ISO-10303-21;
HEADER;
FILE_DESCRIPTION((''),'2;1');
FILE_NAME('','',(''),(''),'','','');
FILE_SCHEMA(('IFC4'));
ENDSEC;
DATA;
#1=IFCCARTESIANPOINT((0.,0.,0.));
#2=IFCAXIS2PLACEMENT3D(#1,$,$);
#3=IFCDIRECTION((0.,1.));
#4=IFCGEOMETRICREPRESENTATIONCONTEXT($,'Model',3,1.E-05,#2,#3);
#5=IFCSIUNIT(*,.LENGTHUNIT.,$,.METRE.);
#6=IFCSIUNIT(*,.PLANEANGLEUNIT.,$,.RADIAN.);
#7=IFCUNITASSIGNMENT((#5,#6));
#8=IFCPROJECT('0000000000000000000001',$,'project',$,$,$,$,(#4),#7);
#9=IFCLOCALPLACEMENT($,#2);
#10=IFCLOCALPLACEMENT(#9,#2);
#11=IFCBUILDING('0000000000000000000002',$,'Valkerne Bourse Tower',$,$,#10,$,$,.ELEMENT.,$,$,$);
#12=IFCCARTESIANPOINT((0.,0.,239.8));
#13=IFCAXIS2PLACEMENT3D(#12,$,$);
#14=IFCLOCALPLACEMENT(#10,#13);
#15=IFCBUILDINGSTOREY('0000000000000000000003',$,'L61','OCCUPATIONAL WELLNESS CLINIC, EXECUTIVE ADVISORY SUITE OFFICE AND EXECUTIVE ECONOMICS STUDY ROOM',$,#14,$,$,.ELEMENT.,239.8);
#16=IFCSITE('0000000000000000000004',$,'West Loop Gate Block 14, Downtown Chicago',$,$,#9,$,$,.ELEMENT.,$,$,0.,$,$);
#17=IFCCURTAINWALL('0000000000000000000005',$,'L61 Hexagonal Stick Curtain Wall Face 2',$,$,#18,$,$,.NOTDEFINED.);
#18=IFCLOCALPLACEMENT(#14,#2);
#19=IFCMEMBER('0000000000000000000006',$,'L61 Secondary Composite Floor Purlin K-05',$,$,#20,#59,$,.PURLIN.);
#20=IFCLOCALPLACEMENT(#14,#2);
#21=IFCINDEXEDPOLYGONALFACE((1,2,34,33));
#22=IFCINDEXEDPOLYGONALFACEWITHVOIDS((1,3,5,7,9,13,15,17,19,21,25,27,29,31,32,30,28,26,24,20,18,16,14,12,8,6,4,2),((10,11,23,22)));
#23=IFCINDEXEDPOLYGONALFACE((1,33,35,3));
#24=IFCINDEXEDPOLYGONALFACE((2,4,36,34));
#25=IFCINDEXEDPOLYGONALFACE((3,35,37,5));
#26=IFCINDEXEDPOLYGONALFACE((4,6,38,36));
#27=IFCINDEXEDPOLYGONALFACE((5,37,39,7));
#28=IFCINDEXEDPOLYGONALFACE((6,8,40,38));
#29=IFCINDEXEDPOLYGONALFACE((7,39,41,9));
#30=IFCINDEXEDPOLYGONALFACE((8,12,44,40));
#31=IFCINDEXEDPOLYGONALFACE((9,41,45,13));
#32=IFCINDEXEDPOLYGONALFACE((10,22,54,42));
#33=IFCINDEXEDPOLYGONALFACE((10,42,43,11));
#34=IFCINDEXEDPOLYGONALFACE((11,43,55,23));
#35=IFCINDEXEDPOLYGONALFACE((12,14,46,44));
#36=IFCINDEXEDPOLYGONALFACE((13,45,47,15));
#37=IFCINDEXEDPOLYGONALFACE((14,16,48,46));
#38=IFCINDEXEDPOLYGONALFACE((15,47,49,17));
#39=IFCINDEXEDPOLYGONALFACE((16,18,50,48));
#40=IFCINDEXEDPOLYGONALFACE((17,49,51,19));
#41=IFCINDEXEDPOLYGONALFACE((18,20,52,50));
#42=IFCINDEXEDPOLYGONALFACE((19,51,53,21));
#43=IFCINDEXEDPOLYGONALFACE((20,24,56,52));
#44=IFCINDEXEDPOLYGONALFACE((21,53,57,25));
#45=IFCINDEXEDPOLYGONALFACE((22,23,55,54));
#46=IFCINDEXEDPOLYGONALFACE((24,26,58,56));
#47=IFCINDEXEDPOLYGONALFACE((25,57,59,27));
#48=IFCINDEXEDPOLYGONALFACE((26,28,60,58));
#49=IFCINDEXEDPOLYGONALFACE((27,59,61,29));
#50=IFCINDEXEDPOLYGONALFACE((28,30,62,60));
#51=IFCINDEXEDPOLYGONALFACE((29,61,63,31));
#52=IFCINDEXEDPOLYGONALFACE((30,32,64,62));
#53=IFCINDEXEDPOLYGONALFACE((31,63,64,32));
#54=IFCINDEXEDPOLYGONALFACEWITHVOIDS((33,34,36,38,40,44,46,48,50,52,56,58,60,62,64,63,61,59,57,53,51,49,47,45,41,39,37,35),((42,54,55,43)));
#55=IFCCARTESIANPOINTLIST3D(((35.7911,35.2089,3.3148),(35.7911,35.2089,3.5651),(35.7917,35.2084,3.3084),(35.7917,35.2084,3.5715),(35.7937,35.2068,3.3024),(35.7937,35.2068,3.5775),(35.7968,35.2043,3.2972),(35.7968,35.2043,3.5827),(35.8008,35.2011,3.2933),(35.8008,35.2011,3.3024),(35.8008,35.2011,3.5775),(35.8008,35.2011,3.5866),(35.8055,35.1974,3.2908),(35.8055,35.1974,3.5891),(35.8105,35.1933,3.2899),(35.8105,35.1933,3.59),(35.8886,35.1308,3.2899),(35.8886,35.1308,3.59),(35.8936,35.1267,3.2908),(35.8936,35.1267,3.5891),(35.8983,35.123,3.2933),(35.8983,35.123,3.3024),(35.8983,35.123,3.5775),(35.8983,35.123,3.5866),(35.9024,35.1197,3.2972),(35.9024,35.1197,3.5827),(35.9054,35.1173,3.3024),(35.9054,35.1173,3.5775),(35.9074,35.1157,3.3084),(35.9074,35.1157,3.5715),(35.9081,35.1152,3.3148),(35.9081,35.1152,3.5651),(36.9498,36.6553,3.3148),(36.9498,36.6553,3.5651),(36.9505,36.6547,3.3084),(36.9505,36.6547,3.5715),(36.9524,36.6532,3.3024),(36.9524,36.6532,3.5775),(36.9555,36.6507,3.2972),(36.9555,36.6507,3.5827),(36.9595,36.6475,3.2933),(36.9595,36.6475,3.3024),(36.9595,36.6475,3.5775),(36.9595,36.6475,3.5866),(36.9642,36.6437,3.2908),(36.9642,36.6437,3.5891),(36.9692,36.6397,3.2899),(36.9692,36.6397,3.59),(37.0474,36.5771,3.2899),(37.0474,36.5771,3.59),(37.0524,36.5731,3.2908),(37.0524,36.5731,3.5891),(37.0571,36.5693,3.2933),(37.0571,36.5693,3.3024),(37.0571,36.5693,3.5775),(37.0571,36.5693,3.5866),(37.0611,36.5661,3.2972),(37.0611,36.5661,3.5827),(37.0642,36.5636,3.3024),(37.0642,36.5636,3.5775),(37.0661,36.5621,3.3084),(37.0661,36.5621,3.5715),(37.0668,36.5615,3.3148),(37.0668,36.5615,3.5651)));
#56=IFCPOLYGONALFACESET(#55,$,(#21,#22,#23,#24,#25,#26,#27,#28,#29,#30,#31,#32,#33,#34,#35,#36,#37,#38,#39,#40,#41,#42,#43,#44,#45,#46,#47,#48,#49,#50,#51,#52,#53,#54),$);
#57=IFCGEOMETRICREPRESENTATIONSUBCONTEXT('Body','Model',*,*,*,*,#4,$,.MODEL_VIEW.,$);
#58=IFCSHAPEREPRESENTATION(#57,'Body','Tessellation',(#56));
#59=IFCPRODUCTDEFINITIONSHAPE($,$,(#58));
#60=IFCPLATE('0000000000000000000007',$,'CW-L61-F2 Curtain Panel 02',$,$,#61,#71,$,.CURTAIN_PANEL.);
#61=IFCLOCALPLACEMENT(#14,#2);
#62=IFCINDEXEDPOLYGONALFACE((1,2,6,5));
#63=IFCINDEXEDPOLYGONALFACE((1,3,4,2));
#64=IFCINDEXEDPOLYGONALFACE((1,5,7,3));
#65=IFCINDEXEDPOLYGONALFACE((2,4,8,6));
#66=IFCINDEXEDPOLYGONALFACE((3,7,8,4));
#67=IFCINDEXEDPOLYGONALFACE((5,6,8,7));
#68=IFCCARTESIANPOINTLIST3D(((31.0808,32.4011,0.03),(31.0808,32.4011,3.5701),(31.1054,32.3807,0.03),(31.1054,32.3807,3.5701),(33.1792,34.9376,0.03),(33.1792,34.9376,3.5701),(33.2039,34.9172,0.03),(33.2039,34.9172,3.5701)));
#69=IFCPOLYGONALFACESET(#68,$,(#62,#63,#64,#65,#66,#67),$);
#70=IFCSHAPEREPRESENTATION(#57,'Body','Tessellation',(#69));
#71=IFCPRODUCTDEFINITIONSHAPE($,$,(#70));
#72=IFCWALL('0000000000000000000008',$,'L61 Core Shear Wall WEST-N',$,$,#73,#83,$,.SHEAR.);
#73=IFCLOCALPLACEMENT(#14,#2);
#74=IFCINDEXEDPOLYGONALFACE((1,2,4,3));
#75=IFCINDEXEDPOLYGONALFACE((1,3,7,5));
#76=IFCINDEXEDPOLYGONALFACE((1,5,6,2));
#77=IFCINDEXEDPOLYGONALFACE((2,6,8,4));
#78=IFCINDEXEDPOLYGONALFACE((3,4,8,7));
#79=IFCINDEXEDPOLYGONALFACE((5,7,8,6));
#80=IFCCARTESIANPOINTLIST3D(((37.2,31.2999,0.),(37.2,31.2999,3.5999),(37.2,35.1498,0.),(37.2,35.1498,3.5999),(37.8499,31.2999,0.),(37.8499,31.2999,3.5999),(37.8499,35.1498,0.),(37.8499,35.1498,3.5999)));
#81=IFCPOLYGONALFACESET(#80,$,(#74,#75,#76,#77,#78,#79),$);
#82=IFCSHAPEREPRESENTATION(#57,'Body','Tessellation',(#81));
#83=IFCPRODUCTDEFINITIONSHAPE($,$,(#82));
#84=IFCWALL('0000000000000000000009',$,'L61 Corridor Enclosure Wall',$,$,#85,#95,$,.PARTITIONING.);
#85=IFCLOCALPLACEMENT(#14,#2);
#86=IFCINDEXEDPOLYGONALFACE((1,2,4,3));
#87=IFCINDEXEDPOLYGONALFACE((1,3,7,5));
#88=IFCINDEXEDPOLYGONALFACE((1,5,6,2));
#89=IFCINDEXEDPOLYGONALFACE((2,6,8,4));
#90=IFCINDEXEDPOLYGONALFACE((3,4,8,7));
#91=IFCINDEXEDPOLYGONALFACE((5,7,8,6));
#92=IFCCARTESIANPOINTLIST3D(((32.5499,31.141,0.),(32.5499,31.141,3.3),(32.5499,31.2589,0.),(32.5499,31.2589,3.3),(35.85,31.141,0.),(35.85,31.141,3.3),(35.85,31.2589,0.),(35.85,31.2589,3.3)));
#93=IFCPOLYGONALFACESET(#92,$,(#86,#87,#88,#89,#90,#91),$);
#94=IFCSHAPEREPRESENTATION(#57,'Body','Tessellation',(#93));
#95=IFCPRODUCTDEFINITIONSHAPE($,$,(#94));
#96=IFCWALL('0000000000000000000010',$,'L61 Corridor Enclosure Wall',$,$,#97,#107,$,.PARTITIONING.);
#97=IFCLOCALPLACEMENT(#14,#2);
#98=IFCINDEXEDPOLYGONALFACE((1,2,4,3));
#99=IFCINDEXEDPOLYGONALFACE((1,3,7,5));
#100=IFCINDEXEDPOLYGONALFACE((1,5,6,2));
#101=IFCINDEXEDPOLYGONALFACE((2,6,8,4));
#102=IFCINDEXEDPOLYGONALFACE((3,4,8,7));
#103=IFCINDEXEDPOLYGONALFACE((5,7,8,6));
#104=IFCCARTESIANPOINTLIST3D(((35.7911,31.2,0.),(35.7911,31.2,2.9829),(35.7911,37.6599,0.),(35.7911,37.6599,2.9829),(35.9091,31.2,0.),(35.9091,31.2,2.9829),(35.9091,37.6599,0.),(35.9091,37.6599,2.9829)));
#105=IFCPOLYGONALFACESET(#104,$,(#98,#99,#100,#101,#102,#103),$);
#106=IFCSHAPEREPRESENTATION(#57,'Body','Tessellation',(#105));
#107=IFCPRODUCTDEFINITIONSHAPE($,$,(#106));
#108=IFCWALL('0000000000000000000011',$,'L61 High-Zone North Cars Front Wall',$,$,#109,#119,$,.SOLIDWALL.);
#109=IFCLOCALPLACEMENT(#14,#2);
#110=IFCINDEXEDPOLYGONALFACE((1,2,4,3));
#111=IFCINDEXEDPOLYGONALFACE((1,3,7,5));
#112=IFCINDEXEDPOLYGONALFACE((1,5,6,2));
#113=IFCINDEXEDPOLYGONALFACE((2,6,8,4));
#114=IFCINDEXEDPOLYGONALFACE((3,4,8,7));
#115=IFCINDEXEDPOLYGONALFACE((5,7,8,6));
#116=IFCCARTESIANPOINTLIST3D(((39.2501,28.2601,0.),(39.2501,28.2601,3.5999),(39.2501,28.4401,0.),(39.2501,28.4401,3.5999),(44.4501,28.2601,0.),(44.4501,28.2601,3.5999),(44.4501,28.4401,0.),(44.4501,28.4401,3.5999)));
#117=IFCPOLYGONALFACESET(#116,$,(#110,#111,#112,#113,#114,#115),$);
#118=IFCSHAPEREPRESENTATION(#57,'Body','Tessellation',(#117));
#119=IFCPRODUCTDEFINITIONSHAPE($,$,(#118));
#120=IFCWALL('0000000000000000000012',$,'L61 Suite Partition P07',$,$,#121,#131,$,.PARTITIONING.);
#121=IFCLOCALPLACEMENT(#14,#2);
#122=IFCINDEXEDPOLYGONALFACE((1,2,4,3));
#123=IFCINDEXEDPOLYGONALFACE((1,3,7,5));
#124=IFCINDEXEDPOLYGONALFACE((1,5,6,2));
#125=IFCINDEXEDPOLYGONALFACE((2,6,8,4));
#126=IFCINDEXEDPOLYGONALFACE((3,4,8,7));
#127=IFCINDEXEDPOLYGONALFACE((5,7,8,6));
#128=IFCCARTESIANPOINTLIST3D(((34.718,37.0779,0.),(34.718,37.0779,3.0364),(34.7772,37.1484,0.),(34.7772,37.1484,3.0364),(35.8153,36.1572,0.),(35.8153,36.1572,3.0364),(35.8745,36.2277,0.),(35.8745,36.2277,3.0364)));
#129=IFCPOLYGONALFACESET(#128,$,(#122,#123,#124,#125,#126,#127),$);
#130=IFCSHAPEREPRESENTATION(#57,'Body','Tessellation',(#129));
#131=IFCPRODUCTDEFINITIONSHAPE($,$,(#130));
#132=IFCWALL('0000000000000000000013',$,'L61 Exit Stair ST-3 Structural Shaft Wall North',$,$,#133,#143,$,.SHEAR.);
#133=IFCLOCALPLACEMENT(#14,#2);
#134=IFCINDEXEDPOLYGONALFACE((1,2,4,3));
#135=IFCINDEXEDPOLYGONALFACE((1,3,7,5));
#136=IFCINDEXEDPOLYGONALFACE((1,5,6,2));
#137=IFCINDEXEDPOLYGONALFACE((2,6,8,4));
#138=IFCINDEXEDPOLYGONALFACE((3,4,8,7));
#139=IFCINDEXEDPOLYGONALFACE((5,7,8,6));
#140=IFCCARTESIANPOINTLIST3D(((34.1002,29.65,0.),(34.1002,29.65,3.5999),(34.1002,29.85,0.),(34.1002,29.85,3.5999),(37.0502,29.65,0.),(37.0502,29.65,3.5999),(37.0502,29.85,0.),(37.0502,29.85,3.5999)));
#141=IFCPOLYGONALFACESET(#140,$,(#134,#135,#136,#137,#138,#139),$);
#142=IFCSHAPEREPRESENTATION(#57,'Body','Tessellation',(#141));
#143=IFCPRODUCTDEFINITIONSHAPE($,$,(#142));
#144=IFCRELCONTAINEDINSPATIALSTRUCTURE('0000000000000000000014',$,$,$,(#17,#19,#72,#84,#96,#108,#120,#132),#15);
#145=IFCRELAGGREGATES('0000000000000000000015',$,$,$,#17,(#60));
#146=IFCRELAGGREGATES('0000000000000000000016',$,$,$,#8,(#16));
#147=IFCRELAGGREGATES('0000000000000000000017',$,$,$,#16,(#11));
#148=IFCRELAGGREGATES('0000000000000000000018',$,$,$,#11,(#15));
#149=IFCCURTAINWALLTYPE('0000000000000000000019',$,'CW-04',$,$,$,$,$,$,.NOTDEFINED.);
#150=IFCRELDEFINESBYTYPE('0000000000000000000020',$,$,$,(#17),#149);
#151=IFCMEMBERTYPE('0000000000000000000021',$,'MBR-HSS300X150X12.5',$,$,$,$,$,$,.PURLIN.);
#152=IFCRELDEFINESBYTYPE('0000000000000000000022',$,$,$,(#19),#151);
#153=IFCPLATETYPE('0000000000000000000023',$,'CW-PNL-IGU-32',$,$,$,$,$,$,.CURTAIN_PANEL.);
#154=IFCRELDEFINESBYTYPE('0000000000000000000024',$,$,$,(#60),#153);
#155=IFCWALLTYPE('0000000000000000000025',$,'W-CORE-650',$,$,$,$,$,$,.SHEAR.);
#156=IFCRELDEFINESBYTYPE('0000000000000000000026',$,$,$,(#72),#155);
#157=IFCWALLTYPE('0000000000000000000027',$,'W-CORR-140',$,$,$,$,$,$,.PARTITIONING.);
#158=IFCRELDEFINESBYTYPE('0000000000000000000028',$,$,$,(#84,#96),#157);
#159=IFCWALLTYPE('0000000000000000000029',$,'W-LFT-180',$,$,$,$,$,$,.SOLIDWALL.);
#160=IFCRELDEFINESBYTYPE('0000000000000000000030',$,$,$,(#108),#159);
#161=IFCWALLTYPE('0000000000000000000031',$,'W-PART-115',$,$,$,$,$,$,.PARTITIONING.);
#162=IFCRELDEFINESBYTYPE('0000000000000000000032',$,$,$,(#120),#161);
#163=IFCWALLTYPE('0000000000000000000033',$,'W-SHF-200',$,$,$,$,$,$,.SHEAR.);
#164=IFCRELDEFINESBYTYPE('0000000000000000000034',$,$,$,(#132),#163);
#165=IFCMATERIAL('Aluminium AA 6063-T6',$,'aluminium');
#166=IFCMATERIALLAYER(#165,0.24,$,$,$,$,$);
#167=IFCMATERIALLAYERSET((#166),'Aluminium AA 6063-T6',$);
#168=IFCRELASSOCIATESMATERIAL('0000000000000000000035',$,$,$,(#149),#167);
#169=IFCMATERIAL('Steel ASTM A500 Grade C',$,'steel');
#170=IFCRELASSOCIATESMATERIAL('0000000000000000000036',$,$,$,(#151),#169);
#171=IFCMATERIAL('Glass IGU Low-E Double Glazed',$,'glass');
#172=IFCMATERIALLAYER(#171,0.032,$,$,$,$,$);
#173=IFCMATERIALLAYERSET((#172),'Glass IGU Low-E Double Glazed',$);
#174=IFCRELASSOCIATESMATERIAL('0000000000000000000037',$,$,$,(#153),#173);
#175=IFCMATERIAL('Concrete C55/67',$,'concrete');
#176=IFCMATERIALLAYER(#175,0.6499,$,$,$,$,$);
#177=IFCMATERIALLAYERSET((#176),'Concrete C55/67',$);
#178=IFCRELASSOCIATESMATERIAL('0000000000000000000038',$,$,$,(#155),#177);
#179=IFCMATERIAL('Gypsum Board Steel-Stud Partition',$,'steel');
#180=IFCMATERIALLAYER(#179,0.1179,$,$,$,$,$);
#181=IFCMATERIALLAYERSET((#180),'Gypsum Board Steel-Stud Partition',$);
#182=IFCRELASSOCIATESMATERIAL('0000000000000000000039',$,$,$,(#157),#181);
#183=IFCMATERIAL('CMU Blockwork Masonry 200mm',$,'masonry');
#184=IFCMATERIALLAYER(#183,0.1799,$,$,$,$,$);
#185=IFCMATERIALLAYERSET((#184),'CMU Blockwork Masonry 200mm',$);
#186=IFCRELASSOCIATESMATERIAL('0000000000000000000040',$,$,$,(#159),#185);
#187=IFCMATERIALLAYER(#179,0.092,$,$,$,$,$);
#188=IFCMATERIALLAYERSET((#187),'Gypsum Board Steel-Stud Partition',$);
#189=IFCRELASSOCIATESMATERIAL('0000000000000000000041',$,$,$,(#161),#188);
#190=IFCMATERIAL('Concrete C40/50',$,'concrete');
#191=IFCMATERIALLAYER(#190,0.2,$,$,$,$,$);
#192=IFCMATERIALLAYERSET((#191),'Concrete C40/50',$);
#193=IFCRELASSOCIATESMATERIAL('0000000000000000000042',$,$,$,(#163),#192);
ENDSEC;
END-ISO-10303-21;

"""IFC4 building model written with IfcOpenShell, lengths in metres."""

from ifc_helpers import new_model, si_unit, direction, frame, frame_2d, origin, origin_2d, place, context, subcontext, project, spatial, rectangle, hollow_rectangle, extrude, material, layer, layer_set, material_profile, profile_set, type_object, element, aggregate, save


model = new_model("IFC4")

# Units and contexts
model_context = context("Model", 3, precision=1e-05, world=origin(), true_north=direction((0.0, 1.0)))
body_context = subcontext(model_context, "Body", "Model", "MODEL_VIEW")
ifc_project = project(units=[si_unit("LENGTHUNIT", "METRE"), si_unit("PLANEANGLEUNIT", "RADIAN")], contexts=[model_context])

# Site, building, storey
site_placement = place(None, origin())
site = spatial("IfcSite", under=ifc_project, at=site_placement, Name="West Loop Gate Block 14, Downtown Chicago", CompositionType="ELEMENT", RefElevation=0.0)
building_placement = place(site_placement, origin())
building = spatial("IfcBuilding", under=site, at=building_placement, Name="Valkerne Bourse Tower", CompositionType="ELEMENT")
storey_placement = place(building_placement, frame((0.0, 0.0, 239.8)))
storey = spatial("IfcBuildingStorey", under=building, at=storey_placement, Name="L61", Description="OCCUPATIONAL WELLNESS CLINIC, EXECUTIVE ADVISORY SUITE OFFICE AND EXECUTIVE ECONOMICS STUDY ROOM", CompositionType="ELEMENT", Elevation=239.8)

# Curtain wall
ifc_material_1 = material(Name="Aluminium AA 6063-T6", Category="aluminium")
ifc_layer_1 = layer(ifc_material_1, 0.24)
ifc_layer_set_1 = layer_set([ifc_layer_1], Name="Aluminium AA 6063-T6")
curtain_wall_type = type_object("IfcCurtainWallType", Name="CW-04", PredefinedType="NOTDEFINED", material=ifc_layer_set_1)
curtain_wall_placement = place(storey_placement, origin())
curtain_wall = element("IfcCurtainWall", 1, at=curtain_wall_placement, inside=storey, type_object=curtain_wall_type, Name="L61 Hexagonal Stick Curtain Wall Face 2", PredefinedType="NOTDEFINED")

# Member
ifc_material_2 = material(Name="Steel ASTM A500 Grade C", Category="steel")
ifc_material_profile_1 = material_profile(ifc_material_2, hollow_rectangle(XDim=0.1499, YDim=0.3, WallThickness=0.0125, OuterFilletRadius=0.0249, at=origin_2d()), Name="HSS300X150X12.5")
ifc_profile_set_1 = profile_set([ifc_material_profile_1], Name="Steel ASTM A500 Grade C")
member_type_1 = type_object("IfcMemberType", Name="MBR-HSS300X150X12.5", PredefinedType="PURLIN", material=ifc_profile_set_1)
member_1_placement = place(storey_placement, frame((37.0083, 36.6084, 3.4399), z_axis=(-0.625241, -0.780432, 0.0), x_axis=(0.780432, -0.625241, 0.0)))
element("IfcMember", 2, at=member_1_placement, inside=storey, type_object=member_type_1, Name="L61 Secondary Composite Floor Purlin K-05", PredefinedType="PURLIN", context=body_context, shape_type="SweptSolid", body=[
    extrude(hollow_rectangle(XDim=0.1499, YDim=0.3, WallThickness=0.0125, OuterFilletRadius=0.0249, at=origin_2d()), origin(), (0.0, 0.0, 1.0), 1.8533),
])

# Plate
ifc_material_3 = material(Name="Glass IGU Low-E Double Glazed", Category="glass")
ifc_layer_2 = layer(ifc_material_3, 0.032)
ifc_layer_set_2 = layer_set([ifc_layer_2], Name="Glass IGU Low-E Double Glazed")
plate_type = type_object("IfcPlateType", Name="CW-PNL-IGU-32", PredefinedType="CURTAIN_PANEL", material=ifc_layer_set_2)
plate_placement = place(storey_placement, frame((32.1423, 33.6592, 0.03), z_axis=(0.0, 0.0, 1.0), x_axis=(-0.637434, -0.770505, 0.0)))
plate = element("IfcPlate", 3, at=plate_placement, type_object=plate_type, Name="CW-L61-F2 Curtain Panel 02", PredefinedType="CURTAIN_PANEL", context=body_context, shape_type="SweptSolid", body=[
    extrude(rectangle(XDim=3.292, YDim=0.032, at=origin_2d()), origin(), (0.0, 0.0, 1.0), 3.54),
])
aggregate(curtain_wall, [plate])

# Shared definitions
ifc_material_4 = material(Name="Concrete C55/67", Category="concrete")
ifc_layer_3 = layer(ifc_material_4, 0.6499)
ifc_layer_set_3 = layer_set([ifc_layer_3], Name="Concrete C55/67")
wall_type_1 = type_object("IfcWallType", Name="W-CORE-650", PredefinedType="SHEAR", material=ifc_layer_set_3)

# Walls
wall_1_placement = place(storey_placement, frame((37.5249, 31.3, 0.0), z_axis=(0.0, 0.0, 1.0), x_axis=(0.0, 1.0, 0.0)))
element("IfcWall", 4, at=wall_1_placement, inside=storey, type_object=wall_type_1, Name="L61 Core Shear Wall WEST-N", PredefinedType="SHEAR", context=body_context, shape_type="SweptSolid", body=[
    extrude(rectangle(XDim=3.8499, YDim=0.6499, at=frame_2d((1.9248, 0.0))), origin(), (0.0, 0.0, 1.0), 3.5999),
])
ifc_material_5 = material(Name="Gypsum Board Steel-Stud Partition", Category="steel")
ifc_layer_4 = layer(ifc_material_5, 0.1179)
ifc_layer_set_4 = layer_set([ifc_layer_4], Name="Gypsum Board Steel-Stud Partition")
wall_type_2 = type_object("IfcWallType", Name="W-CORR-140", PredefinedType="PARTITIONING", material=ifc_layer_set_4)
wall_2_placement = place(storey_placement, frame((32.55, 31.2, 0.0), z_axis=(0.0, 0.0, 1.0), x_axis=(1.0, 0.0, 0.0)))
element("IfcWall", 5, at=wall_2_placement, inside=storey, type_object=wall_type_2, Name="L61 Corridor Enclosure Wall", PredefinedType="PARTITIONING", context=body_context, shape_type="SweptSolid", body=[
    extrude(rectangle(XDim=3.3, YDim=0.1179, at=frame_2d((1.6499, 0.0))), origin(), (0.0, 0.0, 1.0), 3.3),
])
wall_3_placement = place(storey_placement, frame((35.8501, 31.2, 0.0), z_axis=(0.0, 0.0, 1.0), x_axis=(0.0, 1.0, 0.0)))
element("IfcWall", 6, at=wall_3_placement, inside=storey, type_object=wall_type_2, Name="L61 Corridor Enclosure Wall", PredefinedType="PARTITIONING", context=body_context, shape_type="SweptSolid", body=[
    extrude(rectangle(XDim=6.46, YDim=0.1179, at=frame_2d((3.23, 0.0))), origin(), (0.0, 0.0, 1.0), 2.9829),
])
ifc_material_6 = material(Name="CMU Blockwork Masonry 200mm", Category="masonry")
ifc_layer_5 = layer(ifc_material_6, 0.1799)
ifc_layer_set_5 = layer_set([ifc_layer_5], Name="CMU Blockwork Masonry 200mm")
wall_type_3 = type_object("IfcWallType", Name="W-LFT-180", PredefinedType="SOLIDWALL", material=ifc_layer_set_5)
wall_4_placement = place(storey_placement, frame((39.25, 28.3501, 0.0), z_axis=(0.0, 0.0, 1.0), x_axis=(1.0, 0.0, 0.0)))
element("IfcWall", 7, at=wall_4_placement, inside=storey, type_object=wall_type_3, Name="L61 High-Zone North Cars Front Wall", PredefinedType="SOLIDWALL", context=body_context, shape_type="SweptSolid", body=[
    extrude(rectangle(XDim=5.2, YDim=0.1799, at=frame_2d((2.6001, 0.0))), origin(), (0.0, 0.0, 1.0), 3.5999),
])
ifc_layer_6 = layer(ifc_material_5, 0.092)
ifc_layer_set_6 = layer_set([ifc_layer_6], Name="Gypsum Board Steel-Stud Partition")
wall_type_4 = type_object("IfcWallType", Name="W-PART-115", PredefinedType="PARTITIONING", material=ifc_layer_set_6)
wall_5_placement = place(storey_placement, frame((35.845, 36.1924, 0.0), z_axis=(0.0, 0.0, 1.0), x_axis=(-0.766037, 0.642796, 0.0)))
element("IfcWall", 8, at=wall_5_placement, inside=storey, type_object=wall_type_4, Name="L61 Suite Partition P07", PredefinedType="PARTITIONING", context=body_context, shape_type="SweptSolid", body=[
    extrude(rectangle(XDim=1.4324, YDim=0.092, at=frame_2d((0.7163, 0.0))), origin(), (0.0, 0.0, 1.0), 3.0364),
])
ifc_material_7 = material(Name="Concrete C40/50", Category="concrete")
ifc_layer_7 = layer(ifc_material_7, 0.2)
ifc_layer_set_7 = layer_set([ifc_layer_7], Name="Concrete C40/50")
wall_type_5 = type_object("IfcWallType", Name="W-SHF-200", PredefinedType="SHEAR", material=ifc_layer_set_7)
wall_6_placement = place(storey_placement, frame((34.1001, 29.75, 0.0), z_axis=(0.0, 0.0, 1.0), x_axis=(1.0, 0.0, 0.0)))
element("IfcWall", 9, at=wall_6_placement, inside=storey, type_object=wall_type_5, Name="L61 Exit Stair ST-3 Structural Shaft Wall North", PredefinedType="SHEAR", context=body_context, shape_type="SweptSolid", body=[
    extrude(rectangle(XDim=2.95, YDim=0.2, at=frame_2d((1.4751, 0.0))), origin(), (0.0, 0.0, 1.0), 3.5999),
])

save(model, "model.ifc")
